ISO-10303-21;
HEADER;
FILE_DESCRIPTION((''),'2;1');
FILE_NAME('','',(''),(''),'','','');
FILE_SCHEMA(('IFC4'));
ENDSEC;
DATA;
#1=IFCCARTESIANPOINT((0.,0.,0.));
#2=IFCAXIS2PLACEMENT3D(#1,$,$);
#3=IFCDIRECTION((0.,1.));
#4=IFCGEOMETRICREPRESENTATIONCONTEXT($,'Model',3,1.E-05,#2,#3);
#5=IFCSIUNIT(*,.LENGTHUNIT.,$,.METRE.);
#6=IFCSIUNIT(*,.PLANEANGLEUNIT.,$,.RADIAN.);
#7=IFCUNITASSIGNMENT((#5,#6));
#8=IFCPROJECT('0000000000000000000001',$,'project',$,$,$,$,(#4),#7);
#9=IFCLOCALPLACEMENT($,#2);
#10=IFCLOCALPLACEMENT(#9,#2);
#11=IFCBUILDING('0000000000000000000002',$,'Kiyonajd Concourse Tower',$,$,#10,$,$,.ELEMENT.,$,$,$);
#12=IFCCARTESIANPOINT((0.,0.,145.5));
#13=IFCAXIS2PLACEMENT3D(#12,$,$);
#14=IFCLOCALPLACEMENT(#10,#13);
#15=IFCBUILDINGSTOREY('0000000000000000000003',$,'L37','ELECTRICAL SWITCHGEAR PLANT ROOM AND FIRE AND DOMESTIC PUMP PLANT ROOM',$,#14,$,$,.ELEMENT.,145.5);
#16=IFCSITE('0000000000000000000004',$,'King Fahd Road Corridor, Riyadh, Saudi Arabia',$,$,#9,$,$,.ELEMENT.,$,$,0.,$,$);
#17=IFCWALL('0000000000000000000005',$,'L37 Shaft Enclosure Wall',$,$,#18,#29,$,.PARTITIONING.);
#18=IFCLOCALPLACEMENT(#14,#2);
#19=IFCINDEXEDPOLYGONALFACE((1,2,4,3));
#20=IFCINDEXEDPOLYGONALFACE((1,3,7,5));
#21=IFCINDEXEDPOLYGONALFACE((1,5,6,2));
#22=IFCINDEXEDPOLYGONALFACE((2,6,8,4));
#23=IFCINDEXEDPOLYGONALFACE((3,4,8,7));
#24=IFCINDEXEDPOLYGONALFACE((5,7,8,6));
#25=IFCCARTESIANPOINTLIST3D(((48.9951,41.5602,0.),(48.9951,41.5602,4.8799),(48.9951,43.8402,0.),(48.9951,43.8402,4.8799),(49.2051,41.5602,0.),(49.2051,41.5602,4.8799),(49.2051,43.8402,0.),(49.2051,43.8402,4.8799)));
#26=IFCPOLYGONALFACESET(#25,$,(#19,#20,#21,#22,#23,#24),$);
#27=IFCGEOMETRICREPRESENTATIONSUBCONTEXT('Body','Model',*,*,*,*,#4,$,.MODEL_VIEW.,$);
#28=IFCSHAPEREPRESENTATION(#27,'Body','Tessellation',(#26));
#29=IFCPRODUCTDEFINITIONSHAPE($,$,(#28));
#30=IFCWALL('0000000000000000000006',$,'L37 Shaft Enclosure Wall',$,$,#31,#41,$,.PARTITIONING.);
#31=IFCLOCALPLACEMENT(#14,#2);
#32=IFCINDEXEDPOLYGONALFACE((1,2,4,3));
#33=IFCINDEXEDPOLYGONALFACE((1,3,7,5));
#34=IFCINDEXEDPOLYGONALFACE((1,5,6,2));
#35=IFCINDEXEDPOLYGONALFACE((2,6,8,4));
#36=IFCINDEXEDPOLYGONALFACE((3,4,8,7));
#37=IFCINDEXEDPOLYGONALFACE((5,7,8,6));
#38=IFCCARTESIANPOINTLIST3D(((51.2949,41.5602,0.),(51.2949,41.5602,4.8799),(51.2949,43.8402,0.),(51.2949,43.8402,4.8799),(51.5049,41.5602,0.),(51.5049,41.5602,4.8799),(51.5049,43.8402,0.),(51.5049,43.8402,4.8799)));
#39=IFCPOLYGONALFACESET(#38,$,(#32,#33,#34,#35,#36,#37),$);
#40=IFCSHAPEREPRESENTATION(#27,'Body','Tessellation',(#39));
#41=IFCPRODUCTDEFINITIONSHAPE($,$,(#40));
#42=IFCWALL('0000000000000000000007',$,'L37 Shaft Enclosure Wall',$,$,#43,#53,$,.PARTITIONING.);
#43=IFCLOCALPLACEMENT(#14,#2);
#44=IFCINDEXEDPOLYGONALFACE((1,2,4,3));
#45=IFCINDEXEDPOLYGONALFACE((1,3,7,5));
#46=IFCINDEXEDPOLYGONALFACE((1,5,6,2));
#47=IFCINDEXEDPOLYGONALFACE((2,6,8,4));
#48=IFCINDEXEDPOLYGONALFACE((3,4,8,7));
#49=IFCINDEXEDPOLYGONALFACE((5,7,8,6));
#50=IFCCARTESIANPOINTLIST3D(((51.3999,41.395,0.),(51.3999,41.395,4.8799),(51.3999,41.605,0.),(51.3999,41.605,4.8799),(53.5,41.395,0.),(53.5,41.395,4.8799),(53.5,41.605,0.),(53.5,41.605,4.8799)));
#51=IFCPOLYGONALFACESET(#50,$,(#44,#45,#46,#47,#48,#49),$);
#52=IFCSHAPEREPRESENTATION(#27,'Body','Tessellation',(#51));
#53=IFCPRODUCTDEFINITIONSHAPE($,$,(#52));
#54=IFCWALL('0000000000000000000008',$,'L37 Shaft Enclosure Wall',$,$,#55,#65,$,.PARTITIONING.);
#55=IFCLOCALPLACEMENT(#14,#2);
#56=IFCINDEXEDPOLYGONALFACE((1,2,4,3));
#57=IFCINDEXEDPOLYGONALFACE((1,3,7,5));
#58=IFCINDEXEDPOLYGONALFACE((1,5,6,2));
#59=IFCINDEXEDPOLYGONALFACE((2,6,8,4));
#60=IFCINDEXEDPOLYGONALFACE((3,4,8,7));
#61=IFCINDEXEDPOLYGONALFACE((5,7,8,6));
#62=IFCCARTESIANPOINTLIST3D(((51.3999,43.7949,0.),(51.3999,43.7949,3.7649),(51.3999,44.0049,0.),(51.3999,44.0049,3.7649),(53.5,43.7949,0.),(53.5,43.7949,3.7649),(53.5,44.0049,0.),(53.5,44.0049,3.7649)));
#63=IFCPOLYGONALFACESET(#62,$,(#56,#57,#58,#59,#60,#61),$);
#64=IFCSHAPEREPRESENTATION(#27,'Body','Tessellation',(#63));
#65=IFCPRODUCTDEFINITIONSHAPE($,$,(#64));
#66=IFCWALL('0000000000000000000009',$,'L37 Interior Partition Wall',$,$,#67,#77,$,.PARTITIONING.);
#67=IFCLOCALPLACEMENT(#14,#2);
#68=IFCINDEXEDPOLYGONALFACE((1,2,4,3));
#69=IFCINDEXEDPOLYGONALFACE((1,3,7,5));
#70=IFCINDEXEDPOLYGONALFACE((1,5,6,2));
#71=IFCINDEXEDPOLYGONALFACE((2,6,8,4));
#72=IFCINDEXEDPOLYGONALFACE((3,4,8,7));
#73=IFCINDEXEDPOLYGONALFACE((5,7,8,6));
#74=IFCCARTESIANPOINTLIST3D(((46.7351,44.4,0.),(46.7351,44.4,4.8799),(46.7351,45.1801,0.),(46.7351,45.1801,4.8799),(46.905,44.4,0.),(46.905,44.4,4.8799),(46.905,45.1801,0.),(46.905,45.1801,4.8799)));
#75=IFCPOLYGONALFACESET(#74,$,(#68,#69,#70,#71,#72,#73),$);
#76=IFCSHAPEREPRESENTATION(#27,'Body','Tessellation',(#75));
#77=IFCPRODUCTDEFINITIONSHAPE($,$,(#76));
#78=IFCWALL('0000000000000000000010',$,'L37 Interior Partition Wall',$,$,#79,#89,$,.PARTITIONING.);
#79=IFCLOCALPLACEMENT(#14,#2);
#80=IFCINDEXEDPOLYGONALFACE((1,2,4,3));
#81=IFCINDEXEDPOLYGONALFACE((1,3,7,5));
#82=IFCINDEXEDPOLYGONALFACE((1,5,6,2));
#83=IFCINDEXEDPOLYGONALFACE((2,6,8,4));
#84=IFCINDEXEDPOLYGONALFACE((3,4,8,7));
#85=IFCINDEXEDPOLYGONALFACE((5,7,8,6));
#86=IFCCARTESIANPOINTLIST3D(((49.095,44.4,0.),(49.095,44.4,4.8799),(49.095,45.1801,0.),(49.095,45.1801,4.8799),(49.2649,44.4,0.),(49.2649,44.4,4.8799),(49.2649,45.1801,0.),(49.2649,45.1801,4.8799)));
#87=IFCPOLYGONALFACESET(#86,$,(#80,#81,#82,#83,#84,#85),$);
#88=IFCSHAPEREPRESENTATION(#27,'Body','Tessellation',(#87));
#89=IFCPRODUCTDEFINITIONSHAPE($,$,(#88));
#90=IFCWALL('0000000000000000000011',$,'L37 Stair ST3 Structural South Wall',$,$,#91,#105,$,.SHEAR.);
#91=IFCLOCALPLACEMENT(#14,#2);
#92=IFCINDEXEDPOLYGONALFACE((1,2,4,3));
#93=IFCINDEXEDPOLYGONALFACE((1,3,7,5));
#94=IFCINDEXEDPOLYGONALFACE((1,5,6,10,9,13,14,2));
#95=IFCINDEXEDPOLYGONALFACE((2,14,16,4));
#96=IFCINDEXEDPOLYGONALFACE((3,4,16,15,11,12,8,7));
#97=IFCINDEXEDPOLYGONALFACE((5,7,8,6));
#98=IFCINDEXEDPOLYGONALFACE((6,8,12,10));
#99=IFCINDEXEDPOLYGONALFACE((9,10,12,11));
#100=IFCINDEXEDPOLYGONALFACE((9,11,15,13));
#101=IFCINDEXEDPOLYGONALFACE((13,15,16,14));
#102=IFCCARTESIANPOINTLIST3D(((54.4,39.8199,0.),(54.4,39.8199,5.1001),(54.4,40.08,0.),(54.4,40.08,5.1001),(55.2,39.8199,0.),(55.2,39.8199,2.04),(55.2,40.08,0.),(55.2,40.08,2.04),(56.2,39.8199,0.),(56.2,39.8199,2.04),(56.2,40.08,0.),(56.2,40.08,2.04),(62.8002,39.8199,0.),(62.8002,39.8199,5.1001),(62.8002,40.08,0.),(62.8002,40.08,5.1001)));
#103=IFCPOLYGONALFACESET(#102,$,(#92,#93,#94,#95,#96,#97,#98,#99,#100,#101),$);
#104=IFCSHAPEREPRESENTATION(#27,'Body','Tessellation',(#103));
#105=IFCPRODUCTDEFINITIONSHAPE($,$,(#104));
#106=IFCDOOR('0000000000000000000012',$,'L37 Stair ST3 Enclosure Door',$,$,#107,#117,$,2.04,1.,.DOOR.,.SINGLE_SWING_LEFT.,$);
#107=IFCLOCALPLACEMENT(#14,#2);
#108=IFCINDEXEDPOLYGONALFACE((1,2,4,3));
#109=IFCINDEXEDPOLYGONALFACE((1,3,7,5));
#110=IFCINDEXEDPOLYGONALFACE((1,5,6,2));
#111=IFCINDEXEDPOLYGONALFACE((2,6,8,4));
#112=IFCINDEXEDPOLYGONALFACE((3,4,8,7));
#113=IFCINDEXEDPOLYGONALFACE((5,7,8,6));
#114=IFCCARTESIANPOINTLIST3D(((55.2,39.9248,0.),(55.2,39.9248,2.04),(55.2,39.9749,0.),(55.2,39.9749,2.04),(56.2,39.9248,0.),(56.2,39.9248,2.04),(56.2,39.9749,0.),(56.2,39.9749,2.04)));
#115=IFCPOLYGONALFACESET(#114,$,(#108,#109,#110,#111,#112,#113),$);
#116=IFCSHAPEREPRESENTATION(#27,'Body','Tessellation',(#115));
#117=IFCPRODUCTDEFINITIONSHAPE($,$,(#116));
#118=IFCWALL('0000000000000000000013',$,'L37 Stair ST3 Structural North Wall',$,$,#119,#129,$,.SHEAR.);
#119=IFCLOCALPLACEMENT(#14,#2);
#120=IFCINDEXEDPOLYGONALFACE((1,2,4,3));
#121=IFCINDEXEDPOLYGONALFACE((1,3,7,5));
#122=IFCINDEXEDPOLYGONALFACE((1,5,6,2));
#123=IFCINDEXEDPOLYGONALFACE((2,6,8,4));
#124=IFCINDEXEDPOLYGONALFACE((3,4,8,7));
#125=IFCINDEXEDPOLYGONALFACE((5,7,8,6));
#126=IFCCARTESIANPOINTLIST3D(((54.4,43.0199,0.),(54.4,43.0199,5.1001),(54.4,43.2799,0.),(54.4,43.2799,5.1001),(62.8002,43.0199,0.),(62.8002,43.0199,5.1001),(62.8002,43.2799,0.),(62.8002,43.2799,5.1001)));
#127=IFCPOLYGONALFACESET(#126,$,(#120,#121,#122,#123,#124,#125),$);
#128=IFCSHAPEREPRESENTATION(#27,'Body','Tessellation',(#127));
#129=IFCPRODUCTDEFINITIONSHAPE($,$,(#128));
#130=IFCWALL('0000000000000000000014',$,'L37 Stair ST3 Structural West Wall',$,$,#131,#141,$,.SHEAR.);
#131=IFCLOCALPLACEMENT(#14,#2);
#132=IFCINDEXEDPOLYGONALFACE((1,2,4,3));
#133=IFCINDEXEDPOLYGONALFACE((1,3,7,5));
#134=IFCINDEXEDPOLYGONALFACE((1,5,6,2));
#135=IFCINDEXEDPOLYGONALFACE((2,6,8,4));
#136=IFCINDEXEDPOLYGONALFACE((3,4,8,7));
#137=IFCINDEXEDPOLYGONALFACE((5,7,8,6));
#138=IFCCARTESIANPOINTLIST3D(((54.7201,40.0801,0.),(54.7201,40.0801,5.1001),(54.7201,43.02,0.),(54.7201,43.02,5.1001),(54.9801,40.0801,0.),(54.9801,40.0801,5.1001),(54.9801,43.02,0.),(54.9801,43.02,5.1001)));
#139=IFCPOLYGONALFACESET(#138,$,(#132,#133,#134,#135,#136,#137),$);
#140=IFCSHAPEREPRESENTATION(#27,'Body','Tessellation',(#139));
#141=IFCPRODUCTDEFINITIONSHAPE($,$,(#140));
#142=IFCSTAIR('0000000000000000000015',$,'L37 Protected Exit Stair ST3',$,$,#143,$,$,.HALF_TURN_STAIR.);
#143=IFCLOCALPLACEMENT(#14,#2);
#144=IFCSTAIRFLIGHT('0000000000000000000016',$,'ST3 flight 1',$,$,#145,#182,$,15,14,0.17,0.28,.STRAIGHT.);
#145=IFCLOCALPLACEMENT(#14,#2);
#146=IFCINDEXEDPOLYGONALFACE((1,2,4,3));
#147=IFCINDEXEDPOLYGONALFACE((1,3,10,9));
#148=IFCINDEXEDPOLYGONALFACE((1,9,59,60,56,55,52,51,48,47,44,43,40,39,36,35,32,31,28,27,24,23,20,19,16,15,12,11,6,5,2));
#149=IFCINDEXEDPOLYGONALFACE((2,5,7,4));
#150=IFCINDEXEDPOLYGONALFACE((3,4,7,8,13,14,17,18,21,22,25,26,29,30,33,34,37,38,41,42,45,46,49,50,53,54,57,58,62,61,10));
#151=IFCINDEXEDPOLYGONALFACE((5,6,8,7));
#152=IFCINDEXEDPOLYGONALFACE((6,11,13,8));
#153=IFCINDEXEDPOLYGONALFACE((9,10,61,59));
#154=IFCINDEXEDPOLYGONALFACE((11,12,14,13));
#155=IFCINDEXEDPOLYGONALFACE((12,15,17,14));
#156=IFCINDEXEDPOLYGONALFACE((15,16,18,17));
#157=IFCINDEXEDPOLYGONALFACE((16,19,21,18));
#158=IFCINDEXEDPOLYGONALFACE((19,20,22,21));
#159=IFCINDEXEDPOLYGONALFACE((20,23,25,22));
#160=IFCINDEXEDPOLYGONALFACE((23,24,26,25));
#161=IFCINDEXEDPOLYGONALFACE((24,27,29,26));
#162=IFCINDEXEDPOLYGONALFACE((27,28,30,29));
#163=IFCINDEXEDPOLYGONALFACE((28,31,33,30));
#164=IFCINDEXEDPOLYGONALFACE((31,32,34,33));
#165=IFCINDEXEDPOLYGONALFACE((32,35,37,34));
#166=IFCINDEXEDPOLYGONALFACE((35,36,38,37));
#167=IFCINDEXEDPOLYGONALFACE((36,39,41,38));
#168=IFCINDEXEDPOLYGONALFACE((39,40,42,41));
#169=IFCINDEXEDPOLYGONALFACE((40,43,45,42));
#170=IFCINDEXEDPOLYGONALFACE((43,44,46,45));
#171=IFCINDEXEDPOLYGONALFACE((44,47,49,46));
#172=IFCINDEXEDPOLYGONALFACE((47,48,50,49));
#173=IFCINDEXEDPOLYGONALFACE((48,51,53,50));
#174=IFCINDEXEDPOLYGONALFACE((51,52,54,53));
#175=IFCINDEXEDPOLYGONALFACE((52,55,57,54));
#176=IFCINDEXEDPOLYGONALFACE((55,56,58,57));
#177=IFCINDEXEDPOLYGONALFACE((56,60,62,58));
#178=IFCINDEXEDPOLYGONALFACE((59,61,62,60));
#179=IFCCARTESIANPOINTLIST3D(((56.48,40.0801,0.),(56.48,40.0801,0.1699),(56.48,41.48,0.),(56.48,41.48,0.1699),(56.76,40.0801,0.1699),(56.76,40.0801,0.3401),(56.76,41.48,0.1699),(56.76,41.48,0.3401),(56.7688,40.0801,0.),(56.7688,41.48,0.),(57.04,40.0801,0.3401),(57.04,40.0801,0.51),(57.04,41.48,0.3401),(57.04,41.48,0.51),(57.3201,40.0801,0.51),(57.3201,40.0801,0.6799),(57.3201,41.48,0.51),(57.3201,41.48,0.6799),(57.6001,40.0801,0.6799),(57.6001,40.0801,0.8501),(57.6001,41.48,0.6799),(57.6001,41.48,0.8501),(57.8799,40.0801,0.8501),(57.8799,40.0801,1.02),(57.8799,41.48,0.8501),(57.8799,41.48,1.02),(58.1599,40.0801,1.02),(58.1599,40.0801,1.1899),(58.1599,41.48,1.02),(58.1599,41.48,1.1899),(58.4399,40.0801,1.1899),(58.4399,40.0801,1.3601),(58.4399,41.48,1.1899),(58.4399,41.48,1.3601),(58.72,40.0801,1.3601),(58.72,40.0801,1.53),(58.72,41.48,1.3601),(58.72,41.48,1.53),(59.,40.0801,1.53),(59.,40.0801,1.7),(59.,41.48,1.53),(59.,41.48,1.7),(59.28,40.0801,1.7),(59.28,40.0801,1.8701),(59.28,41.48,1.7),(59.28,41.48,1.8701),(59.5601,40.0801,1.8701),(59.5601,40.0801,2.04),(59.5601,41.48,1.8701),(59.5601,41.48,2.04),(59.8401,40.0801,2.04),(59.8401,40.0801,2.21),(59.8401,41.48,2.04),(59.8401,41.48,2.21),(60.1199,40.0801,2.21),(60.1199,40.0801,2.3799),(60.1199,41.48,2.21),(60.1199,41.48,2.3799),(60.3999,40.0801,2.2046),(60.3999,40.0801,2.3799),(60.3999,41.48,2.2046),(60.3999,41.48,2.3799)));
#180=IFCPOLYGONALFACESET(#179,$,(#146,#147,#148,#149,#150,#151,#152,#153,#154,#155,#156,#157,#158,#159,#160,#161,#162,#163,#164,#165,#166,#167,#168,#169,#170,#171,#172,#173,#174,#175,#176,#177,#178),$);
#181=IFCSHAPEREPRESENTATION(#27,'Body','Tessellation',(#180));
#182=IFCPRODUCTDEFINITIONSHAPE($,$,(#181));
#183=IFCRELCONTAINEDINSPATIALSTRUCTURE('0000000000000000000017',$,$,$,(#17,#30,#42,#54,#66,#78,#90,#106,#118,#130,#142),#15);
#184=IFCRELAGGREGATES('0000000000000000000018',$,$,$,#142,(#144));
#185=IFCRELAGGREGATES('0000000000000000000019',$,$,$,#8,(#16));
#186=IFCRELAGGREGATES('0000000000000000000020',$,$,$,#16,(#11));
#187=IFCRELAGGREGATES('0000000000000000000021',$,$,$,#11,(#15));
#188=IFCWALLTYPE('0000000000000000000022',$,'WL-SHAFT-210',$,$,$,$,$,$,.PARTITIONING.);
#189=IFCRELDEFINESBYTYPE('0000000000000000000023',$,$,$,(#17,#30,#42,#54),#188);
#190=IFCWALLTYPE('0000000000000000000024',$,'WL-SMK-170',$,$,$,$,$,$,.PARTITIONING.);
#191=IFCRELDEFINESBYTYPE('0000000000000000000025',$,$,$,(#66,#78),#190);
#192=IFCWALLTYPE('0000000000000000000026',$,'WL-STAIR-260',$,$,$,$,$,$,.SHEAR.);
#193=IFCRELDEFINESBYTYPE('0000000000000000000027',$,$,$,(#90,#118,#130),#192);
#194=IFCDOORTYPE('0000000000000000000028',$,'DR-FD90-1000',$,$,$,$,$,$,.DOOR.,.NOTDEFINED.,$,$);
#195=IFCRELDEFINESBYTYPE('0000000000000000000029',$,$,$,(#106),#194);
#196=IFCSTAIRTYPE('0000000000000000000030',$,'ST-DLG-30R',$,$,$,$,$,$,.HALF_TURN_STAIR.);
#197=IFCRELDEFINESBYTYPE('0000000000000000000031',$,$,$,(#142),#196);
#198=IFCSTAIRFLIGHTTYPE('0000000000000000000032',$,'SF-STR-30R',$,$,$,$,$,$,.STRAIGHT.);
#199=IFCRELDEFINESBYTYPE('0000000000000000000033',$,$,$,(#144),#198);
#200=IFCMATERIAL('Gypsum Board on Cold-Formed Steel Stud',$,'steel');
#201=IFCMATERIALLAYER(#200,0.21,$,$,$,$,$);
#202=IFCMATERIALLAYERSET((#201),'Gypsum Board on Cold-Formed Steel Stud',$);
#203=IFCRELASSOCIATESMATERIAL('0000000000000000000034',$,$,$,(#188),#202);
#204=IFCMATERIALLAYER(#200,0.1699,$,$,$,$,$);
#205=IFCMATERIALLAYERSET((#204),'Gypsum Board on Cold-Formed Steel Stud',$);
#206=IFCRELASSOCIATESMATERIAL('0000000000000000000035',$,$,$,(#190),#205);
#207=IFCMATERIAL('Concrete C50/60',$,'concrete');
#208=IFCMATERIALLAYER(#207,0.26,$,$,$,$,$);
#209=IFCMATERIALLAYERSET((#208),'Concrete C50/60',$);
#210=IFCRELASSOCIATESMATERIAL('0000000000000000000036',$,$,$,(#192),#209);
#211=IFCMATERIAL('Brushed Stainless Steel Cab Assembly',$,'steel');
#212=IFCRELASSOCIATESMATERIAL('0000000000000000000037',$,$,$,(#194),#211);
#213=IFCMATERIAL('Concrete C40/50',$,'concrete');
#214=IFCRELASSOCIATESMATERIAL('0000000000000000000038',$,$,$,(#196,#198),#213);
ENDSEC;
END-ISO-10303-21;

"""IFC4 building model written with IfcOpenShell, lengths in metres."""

from ifc_helpers import new_model, si_unit, direction, frame, frame_2d, origin, place, context, subcontext, project, spatial, polyline, rectangle, outline, extrude, material, layer, layer_set, type_object, element, fill, aggregate, save


model = new_model("IFC4")

# Units and contexts
model_context = context("Model", 3, precision=1e-05, world=origin(), true_north=direction((0.0, 1.0)))
body_context = subcontext(model_context, "Body", "Model", "MODEL_VIEW")
ifc_project = project(units=[si_unit("LENGTHUNIT", "METRE"), si_unit("PLANEANGLEUNIT", "RADIAN")], contexts=[model_context])

# Site, building, storey
site_placement = place(None, origin())
site = spatial("IfcSite", under=ifc_project, at=site_placement, Name="King Fahd Road Corridor, Riyadh, Saudi Arabia", CompositionType="ELEMENT", RefElevation=0.0)
building_placement = place(site_placement, origin())
building = spatial("IfcBuilding", under=site, at=building_placement, Name="Kiyonajd Concourse Tower", CompositionType="ELEMENT")
storey_placement = place(building_placement, frame((0.0, 0.0, 145.5)))
storey = spatial("IfcBuildingStorey", under=building, at=storey_placement, Name="L37", Description="ELECTRICAL SWITCHGEAR PLANT ROOM AND FIRE AND DOMESTIC PUMP PLANT ROOM", CompositionType="ELEMENT", Elevation=145.5)

# Shared definitions
ifc_material_1 = material(Name="Concrete C50/60", Category="concrete")

# Walls
ifc_material_2 = material(Name="Gypsum Board on Cold-Formed Steel Stud", Category="steel")
ifc_layer_1 = layer(ifc_material_2, 0.21)
ifc_layer_set_1 = layer_set([ifc_layer_1], Name="Gypsum Board on Cold-Formed Steel Stud")
wall_type_1 = type_object("IfcWallType", Name="WL-SHAFT-210", PredefinedType="PARTITIONING", material=ifc_layer_set_1)
for number, where, z_axis, x_axis, name in (
    (1, (49.1001, 41.5601, 0.0), (0.0, 0.0, 1.0), (0.0, 1.0, 0.0), "L37 Shaft Enclosure Wall"),
    (2, (51.3999, 41.5601, 0.0), (0.0, 0.0, 1.0), (0.0, 1.0, 0.0), "L37 Shaft Enclosure Wall"),
):
    element("IfcWall", number, at=place(storey_placement, frame(where, z_axis=z_axis, x_axis=x_axis)), inside=storey, type_object=wall_type_1, Name=name, PredefinedType="PARTITIONING", context=body_context, shape_type="SweptSolid", body=[
        extrude(rectangle(XDim=2.28, YDim=0.21, at=frame_2d((1.1401, 0.0))), origin(), (0.0, 0.0, 1.0), 4.8799),
    ])
wall_1_placement = place(storey_placement, frame((51.3999, 41.5, 0.0), z_axis=(0.0, 0.0, 1.0), x_axis=(1.0, 0.0, 0.0)))
element("IfcWall", 3, at=wall_1_placement, inside=storey, type_object=wall_type_1, Name="L37 Shaft Enclosure Wall", PredefinedType="PARTITIONING", context=body_context, shape_type="SweptSolid", body=[
    extrude(rectangle(XDim=2.1001, YDim=0.21, at=frame_2d((1.05, 0.0))), origin(), (0.0, 0.0, 1.0), 4.8799),
])
wall_2_placement = place(storey_placement, frame((51.3999, 43.8999, 0.0), z_axis=(0.0, 0.0, 1.0), x_axis=(1.0, 0.0, 0.0)))
element("IfcWall", 4, at=wall_2_placement, inside=storey, type_object=wall_type_1, Name="L37 Shaft Enclosure Wall", PredefinedType="PARTITIONING", context=body_context, shape_type="SweptSolid", body=[
    extrude(rectangle(XDim=2.1001, YDim=0.21, at=frame_2d((1.05, 0.0))), origin(), (0.0, 0.0, 1.0), 3.7649),
])
ifc_layer_2 = layer(ifc_material_2, 0.1699)
ifc_layer_set_2 = layer_set([ifc_layer_2], Name="Gypsum Board on Cold-Formed Steel Stud")
wall_type_2 = type_object("IfcWallType", Name="WL-SMK-170", PredefinedType="PARTITIONING", material=ifc_layer_set_2)
for number, where, z_axis, x_axis, name in (
    (5, (46.8201, 44.3999, 0.0), (0.0, 0.0, 1.0), (0.0, 1.0, 0.0), "L37 Interior Partition Wall"),
    (6, (49.1799, 44.3999, 0.0), (0.0, 0.0, 1.0), (0.0, 1.0, 0.0), "L37 Interior Partition Wall"),
):
    element("IfcWall", number, at=place(storey_placement, frame(where, z_axis=z_axis, x_axis=x_axis)), inside=storey, type_object=wall_type_2, Name=name, PredefinedType="PARTITIONING", context=body_context, shape_type="SweptSolid", body=[
        extrude(rectangle(XDim=0.78, YDim=0.1699, at=frame_2d((0.3901, 0.0))), origin(), (0.0, 0.0, 1.0), 4.8799),
    ])

# Wall, opening, door
ifc_layer_3 = layer(ifc_material_1, 0.26)
ifc_layer_set_3 = layer_set([ifc_layer_3], Name="Concrete C50/60")
wall_type_3 = type_object("IfcWallType", Name="WL-STAIR-260", PredefinedType="SHEAR", material=ifc_layer_set_3)
wall_3_placement = place(storey_placement, frame((54.3999, 39.95, 0.0), z_axis=(0.0, 0.0, 1.0), x_axis=(1.0, 0.0, 0.0)))
wall_3 = element("IfcWall", 7, at=wall_3_placement, inside=storey, type_object=wall_type_3, Name="L37 Stair ST3 Structural South Wall", PredefinedType="SHEAR", context=body_context, shape_type="SweptSolid", body=[
    extrude(rectangle(XDim=8.4001, YDim=0.26, at=frame_2d((4.2002, 0.0))), origin(), (0.0, 0.0, 1.0), 5.1001),
])
opening_placement = place(wall_3_placement, frame((0.8, 0.0, 0.0)))
opening = element("IfcOpeningElement", 8, at=opening_placement, cuts=wall_3, PredefinedType="OPENING", context=body_context, shape_type="SweptSolid", body=[
    extrude(rectangle(XDim=1.0, YDim=2.04, at=frame_2d((0.5, 1.02))), frame((0.0, 0.1399, 0.0), z_axis=(0.0, -1.0, 0.0), x_axis=(1.0, 0.0, 0.0)), (0.0, 0.0, 1.0), 0.28),
])
ifc_material_3 = material(Name="Brushed Stainless Steel Cab Assembly", Category="steel")
door_type = type_object("IfcDoorType", Name="DR-FD90-1000", OperationType="NOTDEFINED", PredefinedType="DOOR", material=ifc_material_3)
door_placement = place(opening_placement, origin())
door = element("IfcDoor", 9, at=door_placement, inside=storey, type_object=door_type, Name="L37 Stair ST3 Enclosure Door", OperationType="SINGLE_SWING_LEFT", OverallHeight=2.04, OverallWidth=1.0, PredefinedType="DOOR", context=body_context, shape_type="SweptSolid", body=[
    extrude(rectangle(XDim=1.0, YDim=2.04, at=frame_2d((0.5, 1.02))), frame((0.0, 0.0249, 0.0), z_axis=(0.0, -1.0, 0.0), x_axis=(1.0, 0.0, 0.0)), (0.0, 0.0, 1.0), 0.05),
])
fill(opening, door)

# Walls
wall_4_placement = place(storey_placement, frame((54.3999, 43.1499, 0.0), z_axis=(0.0, 0.0, 1.0), x_axis=(1.0, 0.0, 0.0)))
element("IfcWall", 10, at=wall_4_placement, inside=storey, type_object=wall_type_3, Name="L37 Stair ST3 Structural North Wall", PredefinedType="SHEAR", context=body_context, shape_type="SweptSolid", body=[
    extrude(rectangle(XDim=8.4001, YDim=0.26, at=frame_2d((4.2002, 0.0))), origin(), (0.0, 0.0, 1.0), 5.1001),
])
wall_5_placement = place(storey_placement, frame((54.8501, 40.0801, 0.0), z_axis=(0.0, 0.0, 1.0), x_axis=(0.0, 1.0, 0.0)))
element("IfcWall", 11, at=wall_5_placement, inside=storey, type_object=wall_type_3, Name="L37 Stair ST3 Structural West Wall", PredefinedType="SHEAR", context=body_context, shape_type="SweptSolid", body=[
    extrude(rectangle(XDim=2.9399, YDim=0.26, at=frame_2d((1.47, 0.0))), origin(), (0.0, 0.0, 1.0), 5.1001),
])

# Stair, stair flight
ifc_material_4 = material(Name="Concrete C40/50", Category="concrete")
stair_type = type_object("IfcStairType", Name="ST-DLG-30R", PredefinedType="HALF_TURN_STAIR", material=ifc_material_4)
stair_placement = place(storey_placement, origin())
stair = element("IfcStair", 12, at=stair_placement, inside=storey, type_object=stair_type, Name="L37 Protected Exit Stair ST3", PredefinedType="HALF_TURN_STAIR")
stair_flight_type = type_object("IfcStairFlightType", Name="SF-STR-30R", PredefinedType="STRAIGHT", material=ifc_material_4)
stair_flight_placement = place(storey_placement, frame((56.48, 40.78, 0.0), z_axis=(0.0, 0.0, 1.0), x_axis=(1.0, 0.0, 0.0)))
stair_flight = element("IfcStairFlight", 13, at=stair_flight_placement, type_object=stair_flight_type, Name="ST3 flight 1", NumberOfRisers=15, NumberOfTreads=14, PredefinedType="STRAIGHT", RiserHeight=0.17, TreadLength=0.28, context=body_context, shape_type="SweptSolid", body=[
    extrude(outline(polyline([(0.0, 0.0), (0.0, 0.1699), (0.28, 0.1699), (0.28, 0.3401), (0.5601, 0.3401), (0.5601, 0.51), (0.8401, 0.51), (0.8401, 0.6799), (1.1201, 0.6799), (1.1201, 0.8501), (1.3999, 0.8501), (1.3999, 1.02), (1.6799, 1.02), (1.6799, 1.1899), (1.96, 1.1899), (1.96, 1.3601), (2.24, 1.3601), (2.24, 1.53), (2.52, 1.53), (2.52, 1.7), (2.8, 1.7), (2.8, 1.8701), (3.0801, 1.8701), (3.0801, 2.04), (3.3601, 2.04), (3.3601, 2.21), (3.6399, 2.21), (3.6399, 2.3799), (3.9199, 2.3799), (3.9199, 2.55), (3.9199, 2.2046), (0.2888, 0.0), (0.0, 0.0)])), frame((0.0, 0.7, 0.0), z_axis=(0.0, -1.0, 0.0), x_axis=(1.0, 0.0, 0.0)), (0.0, 0.0, 1.0), 1.3999),
])
aggregate(stair, [stair_flight])

save(model, "model.ifc")
